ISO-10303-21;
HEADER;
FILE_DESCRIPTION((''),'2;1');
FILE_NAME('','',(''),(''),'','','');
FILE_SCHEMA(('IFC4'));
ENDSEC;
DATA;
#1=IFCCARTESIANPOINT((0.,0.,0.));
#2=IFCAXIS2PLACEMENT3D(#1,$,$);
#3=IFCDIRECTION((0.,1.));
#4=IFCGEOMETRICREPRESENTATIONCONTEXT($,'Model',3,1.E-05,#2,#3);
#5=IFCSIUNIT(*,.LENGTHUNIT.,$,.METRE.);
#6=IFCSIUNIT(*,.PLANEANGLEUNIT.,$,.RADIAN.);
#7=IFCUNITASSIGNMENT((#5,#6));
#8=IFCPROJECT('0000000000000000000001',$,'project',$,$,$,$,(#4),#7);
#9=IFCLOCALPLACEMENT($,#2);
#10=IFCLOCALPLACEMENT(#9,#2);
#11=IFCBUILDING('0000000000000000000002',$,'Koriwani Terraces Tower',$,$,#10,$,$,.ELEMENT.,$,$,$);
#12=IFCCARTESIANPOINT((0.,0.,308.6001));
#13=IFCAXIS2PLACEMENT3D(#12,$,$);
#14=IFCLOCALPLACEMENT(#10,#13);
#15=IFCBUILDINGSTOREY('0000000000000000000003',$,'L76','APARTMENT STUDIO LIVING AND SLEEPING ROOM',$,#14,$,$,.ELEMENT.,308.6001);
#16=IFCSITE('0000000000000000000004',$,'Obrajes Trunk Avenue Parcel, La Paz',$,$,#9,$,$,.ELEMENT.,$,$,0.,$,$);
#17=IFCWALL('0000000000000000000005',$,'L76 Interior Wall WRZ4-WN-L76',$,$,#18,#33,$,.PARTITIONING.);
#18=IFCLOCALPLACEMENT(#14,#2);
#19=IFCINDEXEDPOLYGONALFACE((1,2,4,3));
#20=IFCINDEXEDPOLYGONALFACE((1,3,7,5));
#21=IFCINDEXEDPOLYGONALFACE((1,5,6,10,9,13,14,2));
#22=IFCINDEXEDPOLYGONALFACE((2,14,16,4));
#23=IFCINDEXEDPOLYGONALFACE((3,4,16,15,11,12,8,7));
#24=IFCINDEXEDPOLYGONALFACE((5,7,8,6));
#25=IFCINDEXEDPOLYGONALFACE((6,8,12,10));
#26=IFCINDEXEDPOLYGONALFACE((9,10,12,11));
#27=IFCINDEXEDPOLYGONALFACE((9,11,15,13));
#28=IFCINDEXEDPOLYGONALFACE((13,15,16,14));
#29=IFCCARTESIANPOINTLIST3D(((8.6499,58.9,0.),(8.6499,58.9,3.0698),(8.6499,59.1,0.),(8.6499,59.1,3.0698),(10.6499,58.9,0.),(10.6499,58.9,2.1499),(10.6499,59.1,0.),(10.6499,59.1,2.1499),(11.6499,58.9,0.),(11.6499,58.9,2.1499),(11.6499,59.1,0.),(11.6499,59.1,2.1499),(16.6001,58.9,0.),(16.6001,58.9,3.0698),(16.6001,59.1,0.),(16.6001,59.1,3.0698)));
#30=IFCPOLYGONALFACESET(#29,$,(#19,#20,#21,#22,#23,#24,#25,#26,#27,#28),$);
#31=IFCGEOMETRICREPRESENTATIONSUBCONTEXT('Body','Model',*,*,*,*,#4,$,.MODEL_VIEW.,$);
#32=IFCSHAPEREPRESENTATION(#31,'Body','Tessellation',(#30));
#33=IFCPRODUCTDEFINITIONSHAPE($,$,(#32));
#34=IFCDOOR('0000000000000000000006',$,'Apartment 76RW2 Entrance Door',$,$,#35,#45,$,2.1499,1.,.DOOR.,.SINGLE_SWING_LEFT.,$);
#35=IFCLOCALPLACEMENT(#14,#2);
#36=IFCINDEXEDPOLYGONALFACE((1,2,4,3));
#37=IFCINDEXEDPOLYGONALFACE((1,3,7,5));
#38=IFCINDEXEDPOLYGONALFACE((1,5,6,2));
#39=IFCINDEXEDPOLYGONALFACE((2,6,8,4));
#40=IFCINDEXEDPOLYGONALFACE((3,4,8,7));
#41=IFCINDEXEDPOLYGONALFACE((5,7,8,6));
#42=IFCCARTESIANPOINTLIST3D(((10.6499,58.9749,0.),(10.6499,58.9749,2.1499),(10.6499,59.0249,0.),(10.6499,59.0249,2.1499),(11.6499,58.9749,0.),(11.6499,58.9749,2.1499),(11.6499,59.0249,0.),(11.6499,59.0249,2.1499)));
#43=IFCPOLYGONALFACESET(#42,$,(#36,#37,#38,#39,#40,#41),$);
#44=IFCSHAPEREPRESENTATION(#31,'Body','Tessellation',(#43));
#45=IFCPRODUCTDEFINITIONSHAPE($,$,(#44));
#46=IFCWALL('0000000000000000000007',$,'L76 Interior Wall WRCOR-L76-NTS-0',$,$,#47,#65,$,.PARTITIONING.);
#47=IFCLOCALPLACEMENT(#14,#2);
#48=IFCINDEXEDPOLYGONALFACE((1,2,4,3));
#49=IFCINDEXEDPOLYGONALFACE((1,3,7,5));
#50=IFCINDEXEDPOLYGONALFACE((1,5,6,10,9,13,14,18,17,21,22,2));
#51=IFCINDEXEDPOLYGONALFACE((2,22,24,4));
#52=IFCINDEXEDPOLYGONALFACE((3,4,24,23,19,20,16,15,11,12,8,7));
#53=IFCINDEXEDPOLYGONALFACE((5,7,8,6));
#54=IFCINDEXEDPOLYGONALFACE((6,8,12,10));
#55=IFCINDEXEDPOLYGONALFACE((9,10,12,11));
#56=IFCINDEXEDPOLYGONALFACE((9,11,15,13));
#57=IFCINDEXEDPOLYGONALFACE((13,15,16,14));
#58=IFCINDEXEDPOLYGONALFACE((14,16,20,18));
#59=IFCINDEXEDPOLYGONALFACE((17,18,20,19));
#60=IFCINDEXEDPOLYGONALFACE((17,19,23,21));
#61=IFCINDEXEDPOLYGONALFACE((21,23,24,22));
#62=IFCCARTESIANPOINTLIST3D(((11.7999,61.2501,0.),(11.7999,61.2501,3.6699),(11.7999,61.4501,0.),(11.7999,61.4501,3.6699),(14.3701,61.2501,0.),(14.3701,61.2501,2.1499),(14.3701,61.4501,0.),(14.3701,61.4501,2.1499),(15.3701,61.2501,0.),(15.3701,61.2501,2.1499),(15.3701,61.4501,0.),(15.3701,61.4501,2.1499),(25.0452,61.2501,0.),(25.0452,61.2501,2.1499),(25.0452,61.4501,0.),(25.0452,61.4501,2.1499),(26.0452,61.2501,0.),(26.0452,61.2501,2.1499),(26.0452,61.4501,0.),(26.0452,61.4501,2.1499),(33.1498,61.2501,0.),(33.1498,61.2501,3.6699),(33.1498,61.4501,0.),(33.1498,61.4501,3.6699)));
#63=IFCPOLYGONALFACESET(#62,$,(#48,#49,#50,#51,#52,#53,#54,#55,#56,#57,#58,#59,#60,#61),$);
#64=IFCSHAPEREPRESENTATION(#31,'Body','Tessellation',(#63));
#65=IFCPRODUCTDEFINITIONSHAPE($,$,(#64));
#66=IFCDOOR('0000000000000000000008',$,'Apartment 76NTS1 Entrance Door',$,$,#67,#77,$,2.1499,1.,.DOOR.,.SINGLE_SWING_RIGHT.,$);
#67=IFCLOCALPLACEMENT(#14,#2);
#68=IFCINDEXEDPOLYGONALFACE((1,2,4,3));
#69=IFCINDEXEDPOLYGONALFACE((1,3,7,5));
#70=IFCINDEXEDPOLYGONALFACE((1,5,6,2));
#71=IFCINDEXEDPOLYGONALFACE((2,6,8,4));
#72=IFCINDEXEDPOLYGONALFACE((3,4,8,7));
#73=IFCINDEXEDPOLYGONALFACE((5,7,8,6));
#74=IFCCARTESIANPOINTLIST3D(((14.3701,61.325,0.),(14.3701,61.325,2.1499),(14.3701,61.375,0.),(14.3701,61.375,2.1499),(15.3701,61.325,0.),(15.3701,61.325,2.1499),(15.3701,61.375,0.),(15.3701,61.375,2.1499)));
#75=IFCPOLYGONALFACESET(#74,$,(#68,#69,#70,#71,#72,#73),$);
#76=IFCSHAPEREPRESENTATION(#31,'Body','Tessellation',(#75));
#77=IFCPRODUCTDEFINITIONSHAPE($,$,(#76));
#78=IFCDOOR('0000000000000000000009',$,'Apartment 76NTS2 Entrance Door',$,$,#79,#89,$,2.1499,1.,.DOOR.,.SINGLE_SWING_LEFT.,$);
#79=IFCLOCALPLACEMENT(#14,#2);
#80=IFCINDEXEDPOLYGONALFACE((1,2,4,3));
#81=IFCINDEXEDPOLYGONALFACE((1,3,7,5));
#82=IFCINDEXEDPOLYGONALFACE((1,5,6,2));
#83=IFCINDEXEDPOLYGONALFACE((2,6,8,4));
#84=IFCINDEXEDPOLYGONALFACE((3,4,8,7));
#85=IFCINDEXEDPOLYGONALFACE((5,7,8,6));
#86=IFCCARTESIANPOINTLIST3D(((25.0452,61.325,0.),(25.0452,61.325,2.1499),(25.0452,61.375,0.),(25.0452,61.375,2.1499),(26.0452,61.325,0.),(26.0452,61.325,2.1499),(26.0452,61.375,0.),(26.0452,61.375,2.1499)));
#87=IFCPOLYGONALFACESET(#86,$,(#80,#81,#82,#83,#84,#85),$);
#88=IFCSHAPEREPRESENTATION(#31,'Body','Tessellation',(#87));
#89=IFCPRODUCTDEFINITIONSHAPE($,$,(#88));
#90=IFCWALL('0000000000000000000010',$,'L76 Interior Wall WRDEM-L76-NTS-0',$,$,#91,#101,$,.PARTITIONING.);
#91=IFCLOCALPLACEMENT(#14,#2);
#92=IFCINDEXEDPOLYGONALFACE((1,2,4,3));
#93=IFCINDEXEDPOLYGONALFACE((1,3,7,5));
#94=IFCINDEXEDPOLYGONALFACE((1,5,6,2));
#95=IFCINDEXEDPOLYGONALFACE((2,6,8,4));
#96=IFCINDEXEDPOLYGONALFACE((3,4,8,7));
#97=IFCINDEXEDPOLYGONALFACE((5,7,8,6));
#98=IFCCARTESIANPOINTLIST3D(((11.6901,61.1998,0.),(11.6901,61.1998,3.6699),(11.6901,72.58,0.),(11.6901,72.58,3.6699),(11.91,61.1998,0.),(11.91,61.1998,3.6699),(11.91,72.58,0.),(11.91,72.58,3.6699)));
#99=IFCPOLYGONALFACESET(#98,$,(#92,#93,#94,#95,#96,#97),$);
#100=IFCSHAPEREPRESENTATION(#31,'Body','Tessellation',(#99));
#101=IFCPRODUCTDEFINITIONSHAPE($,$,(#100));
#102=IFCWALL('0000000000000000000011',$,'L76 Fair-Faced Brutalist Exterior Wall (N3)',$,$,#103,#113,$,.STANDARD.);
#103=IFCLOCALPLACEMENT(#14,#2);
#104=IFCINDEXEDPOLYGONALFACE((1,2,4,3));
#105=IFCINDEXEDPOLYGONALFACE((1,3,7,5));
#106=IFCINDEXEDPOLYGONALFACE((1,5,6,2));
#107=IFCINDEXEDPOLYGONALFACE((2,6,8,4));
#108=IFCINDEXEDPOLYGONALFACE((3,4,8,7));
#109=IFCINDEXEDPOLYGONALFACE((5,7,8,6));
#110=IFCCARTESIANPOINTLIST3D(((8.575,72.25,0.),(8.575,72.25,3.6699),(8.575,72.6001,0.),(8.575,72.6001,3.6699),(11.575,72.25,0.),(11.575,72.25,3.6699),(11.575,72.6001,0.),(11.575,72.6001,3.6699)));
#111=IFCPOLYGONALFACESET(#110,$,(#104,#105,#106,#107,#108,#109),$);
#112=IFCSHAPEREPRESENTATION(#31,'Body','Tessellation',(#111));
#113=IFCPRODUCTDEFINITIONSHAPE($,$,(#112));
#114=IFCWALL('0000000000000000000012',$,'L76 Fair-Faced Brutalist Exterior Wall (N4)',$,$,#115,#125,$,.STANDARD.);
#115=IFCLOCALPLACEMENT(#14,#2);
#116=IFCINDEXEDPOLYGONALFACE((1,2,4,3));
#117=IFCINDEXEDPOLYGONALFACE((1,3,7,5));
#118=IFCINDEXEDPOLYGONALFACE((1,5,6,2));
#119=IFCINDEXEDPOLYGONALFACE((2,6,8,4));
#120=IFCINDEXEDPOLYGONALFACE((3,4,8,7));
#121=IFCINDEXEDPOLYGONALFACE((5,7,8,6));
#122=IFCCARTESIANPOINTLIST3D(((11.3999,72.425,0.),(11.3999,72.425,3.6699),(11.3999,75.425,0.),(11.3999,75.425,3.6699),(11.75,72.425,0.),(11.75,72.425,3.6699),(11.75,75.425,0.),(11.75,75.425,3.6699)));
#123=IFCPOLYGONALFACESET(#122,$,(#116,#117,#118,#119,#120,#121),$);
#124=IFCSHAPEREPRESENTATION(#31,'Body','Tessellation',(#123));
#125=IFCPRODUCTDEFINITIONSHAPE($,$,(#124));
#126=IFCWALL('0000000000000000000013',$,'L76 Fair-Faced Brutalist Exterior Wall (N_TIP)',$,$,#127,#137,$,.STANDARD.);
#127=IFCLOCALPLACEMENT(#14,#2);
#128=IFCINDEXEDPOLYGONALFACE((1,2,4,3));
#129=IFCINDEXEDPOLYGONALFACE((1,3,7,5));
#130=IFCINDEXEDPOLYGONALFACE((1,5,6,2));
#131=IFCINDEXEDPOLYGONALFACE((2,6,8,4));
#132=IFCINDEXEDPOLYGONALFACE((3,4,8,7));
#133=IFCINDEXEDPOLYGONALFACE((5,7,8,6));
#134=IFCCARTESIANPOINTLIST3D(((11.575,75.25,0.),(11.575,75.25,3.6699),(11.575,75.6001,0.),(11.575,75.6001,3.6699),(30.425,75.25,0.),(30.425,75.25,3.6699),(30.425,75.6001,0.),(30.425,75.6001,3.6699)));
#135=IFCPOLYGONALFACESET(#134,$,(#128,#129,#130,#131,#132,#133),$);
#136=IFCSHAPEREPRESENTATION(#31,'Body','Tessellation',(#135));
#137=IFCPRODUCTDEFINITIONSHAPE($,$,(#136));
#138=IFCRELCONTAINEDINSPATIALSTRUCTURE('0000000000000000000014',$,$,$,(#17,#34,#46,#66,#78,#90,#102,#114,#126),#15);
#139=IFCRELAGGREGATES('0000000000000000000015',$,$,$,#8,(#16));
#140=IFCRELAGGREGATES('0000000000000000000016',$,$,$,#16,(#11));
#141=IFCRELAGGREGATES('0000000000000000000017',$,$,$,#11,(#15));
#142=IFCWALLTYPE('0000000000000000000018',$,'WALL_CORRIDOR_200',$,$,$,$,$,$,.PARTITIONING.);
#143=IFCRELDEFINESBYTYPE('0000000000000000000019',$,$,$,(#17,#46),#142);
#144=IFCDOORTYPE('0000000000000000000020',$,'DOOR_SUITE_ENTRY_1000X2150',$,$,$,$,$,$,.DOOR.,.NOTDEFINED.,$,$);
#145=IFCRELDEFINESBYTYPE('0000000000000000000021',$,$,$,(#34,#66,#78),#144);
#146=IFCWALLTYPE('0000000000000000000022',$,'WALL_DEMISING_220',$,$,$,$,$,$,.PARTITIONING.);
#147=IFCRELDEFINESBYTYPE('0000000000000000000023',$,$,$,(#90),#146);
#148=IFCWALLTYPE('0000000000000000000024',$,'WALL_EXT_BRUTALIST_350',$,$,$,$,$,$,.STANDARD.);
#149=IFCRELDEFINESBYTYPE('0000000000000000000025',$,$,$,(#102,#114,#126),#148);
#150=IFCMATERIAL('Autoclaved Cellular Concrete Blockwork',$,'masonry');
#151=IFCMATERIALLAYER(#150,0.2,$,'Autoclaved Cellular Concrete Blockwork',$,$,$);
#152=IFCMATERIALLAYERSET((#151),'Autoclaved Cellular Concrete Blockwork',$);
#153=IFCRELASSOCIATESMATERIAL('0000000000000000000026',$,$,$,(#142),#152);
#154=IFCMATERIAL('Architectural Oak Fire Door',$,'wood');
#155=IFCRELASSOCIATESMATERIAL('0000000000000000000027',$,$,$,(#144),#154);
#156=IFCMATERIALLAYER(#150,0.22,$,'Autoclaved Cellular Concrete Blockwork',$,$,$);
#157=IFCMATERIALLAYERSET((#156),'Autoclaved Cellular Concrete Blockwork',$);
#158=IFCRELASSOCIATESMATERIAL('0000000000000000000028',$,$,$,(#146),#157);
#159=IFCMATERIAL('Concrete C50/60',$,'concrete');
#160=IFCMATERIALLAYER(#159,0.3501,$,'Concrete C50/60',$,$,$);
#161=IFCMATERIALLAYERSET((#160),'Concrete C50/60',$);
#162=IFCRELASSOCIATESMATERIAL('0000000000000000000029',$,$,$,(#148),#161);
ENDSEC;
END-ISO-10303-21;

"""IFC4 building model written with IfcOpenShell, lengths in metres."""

from ifc_helpers import new_model, si_unit, direction, frame, frame_2d, origin, place, context, subcontext, project, spatial, rectangle, extrude, material, layer, layer_set, type_object, element, fill, save


model = new_model("IFC4")

# Units and contexts
model_context = context("Model", 3, precision=1e-05, world=origin(), true_north=direction((0.0, 1.0)))
body_context = subcontext(model_context, "Body", "Model", "MODEL_VIEW")
ifc_project = project(units=[si_unit("LENGTHUNIT", "METRE"), si_unit("PLANEANGLEUNIT", "RADIAN")], contexts=[model_context])

# Site, building, storey
site_placement = place(None, origin())
site = spatial("IfcSite", under=ifc_project, at=site_placement, Name="Obrajes Trunk Avenue Parcel, La Paz", CompositionType="ELEMENT", RefElevation=0.0)
building_placement = place(site_placement, origin())
building = spatial("IfcBuilding", under=site, at=building_placement, Name="Koriwani Terraces Tower", CompositionType="ELEMENT")
storey_placement = place(building_placement, frame((0.0, 0.0, 308.6001)))
storey = spatial("IfcBuildingStorey", under=building, at=storey_placement, Name="L76", Description="APARTMENT STUDIO LIVING AND SLEEPING ROOM", CompositionType="ELEMENT", Elevation=308.6001)

# Shared definitions
ifc_material_1 = material(Name="Concrete C50/60", Category="concrete")

# Wall, opening, door
ifc_material_2 = material(Name="Autoclaved Cellular Concrete Blockwork", Category="masonry")
ifc_layer_1 = layer(ifc_material_2, 0.2, Name="Autoclaved Cellular Concrete Blockwork")
ifc_layer_set_1 = layer_set([ifc_layer_1], Name="Autoclaved Cellular Concrete Blockwork")
wall_type_1 = type_object("IfcWallType", Name="WALL_CORRIDOR_200", PredefinedType="PARTITIONING", material=ifc_layer_set_1)
wall_1_placement = place(storey_placement, frame((8.6499, 59.0, 0.0), z_axis=(0.0, 0.0, 1.0), x_axis=(1.0, 0.0, 0.0)))
wall_1 = element("IfcWall", 1, at=wall_1_placement, inside=storey, type_object=wall_type_1, Name="L76 Interior Wall WRZ4-WN-L76", PredefinedType="PARTITIONING", context=body_context, shape_type="SweptSolid", body=[
    extrude(rectangle(XDim=7.9502, YDim=0.2, at=frame_2d((3.9751, 0.0))), origin(), (0.0, 0.0, 1.0), 3.0698),
])
opening_1_placement = place(wall_1_placement, frame((2.0, 0.0, 0.0)))
opening_1 = element("IfcOpeningElement", 2, at=opening_1_placement, cuts=wall_1, PredefinedType="OPENING", context=body_context, shape_type="SweptSolid", body=[
    extrude(rectangle(XDim=1.0, YDim=2.1499, at=frame_2d((0.5, 1.075))), frame((0.0, 0.1099, 0.0), z_axis=(0.0, -1.0, 0.0), x_axis=(1.0, 0.0, 0.0)), (0.0, 0.0, 1.0), 0.22),
])
ifc_material_3 = material(Name="Architectural Oak Fire Door", Category="wood")
door_type_1 = type_object("IfcDoorType", Name="DOOR_SUITE_ENTRY_1000X2150", OperationType="NOTDEFINED", PredefinedType="DOOR", material=ifc_material_3)
door_1_placement = place(opening_1_placement, origin())
door_1 = element("IfcDoor", 3, at=door_1_placement, inside=storey, type_object=door_type_1, Name="Apartment 76RW2 Entrance Door", OperationType="SINGLE_SWING_LEFT", OverallHeight=2.1499, OverallWidth=1.0, PredefinedType="DOOR", context=body_context, shape_type="SweptSolid", body=[
    extrude(rectangle(XDim=1.0, YDim=2.1499, at=frame_2d((0.5, 1.075))), frame((0.0, 0.0249, 0.0), z_axis=(0.0, -1.0, 0.0), x_axis=(1.0, 0.0, 0.0)), (0.0, 0.0, 1.0), 0.05),
])
fill(opening_1, door_1)

# Wall, openings, doors
wall_2_placement = place(storey_placement, frame((11.8, 61.3501, 0.0), z_axis=(0.0, 0.0, 1.0), x_axis=(1.0, 0.0, 0.0)))
wall_2 = element("IfcWall", 4, at=wall_2_placement, inside=storey, type_object=wall_type_1, Name="L76 Interior Wall WRCOR-L76-NTS-0", PredefinedType="PARTITIONING", context=body_context, shape_type="SweptSolid", body=[
    extrude(rectangle(XDim=21.3499, YDim=0.2, at=frame_2d((10.6748, 0.0))), origin(), (0.0, 0.0, 1.0), 3.6699),
])
opening_2_placement = place(wall_2_placement, frame((2.5701, 0.0, 0.0)))
opening_2 = element("IfcOpeningElement", 5, at=opening_2_placement, cuts=wall_2, PredefinedType="OPENING", context=body_context, shape_type="SweptSolid", body=[
    extrude(rectangle(XDim=1.0, YDim=2.1499, at=frame_2d((0.5, 1.075))), frame((0.0, 0.1099, 0.0), z_axis=(0.0, -1.0, 0.0), x_axis=(1.0, 0.0, 0.0)), (0.0, 0.0, 1.0), 0.22),
])
opening_3_placement = place(wall_2_placement, frame((13.2451, 0.0, 0.0)))
opening_3 = element("IfcOpeningElement", 6, at=opening_3_placement, cuts=wall_2, PredefinedType="OPENING", context=body_context, shape_type="SweptSolid", body=[
    extrude(rectangle(XDim=1.0, YDim=2.1499, at=frame_2d((0.5, 1.075))), frame((0.0, 0.1099, 0.0), z_axis=(0.0, -1.0, 0.0), x_axis=(1.0, 0.0, 0.0)), (0.0, 0.0, 1.0), 0.22),
])
door_2_placement = place(opening_2_placement, origin())
door_2 = element("IfcDoor", 7, at=door_2_placement, inside=storey, type_object=door_type_1, Name="Apartment 76NTS1 Entrance Door", OperationType="SINGLE_SWING_RIGHT", OverallHeight=2.1499, OverallWidth=1.0, PredefinedType="DOOR", context=body_context, shape_type="SweptSolid", body=[
    extrude(rectangle(XDim=1.0, YDim=2.1499, at=frame_2d((0.5, 1.075))), frame((0.0, 0.0249, 0.0), z_axis=(0.0, -1.0, 0.0), x_axis=(1.0, 0.0, 0.0)), (0.0, 0.0, 1.0), 0.05),
])
fill(opening_2, door_2)
door_3_placement = place(opening_3_placement, origin())
door_3 = element("IfcDoor", 8, at=door_3_placement, inside=storey, type_object=door_type_1, Name="Apartment 76NTS2 Entrance Door", OperationType="SINGLE_SWING_LEFT", OverallHeight=2.1499, OverallWidth=1.0, PredefinedType="DOOR", context=body_context, shape_type="SweptSolid", body=[
    extrude(rectangle(XDim=1.0, YDim=2.1499, at=frame_2d((0.5, 1.075))), frame((0.0, 0.0249, 0.0), z_axis=(0.0, -1.0, 0.0), x_axis=(1.0, 0.0, 0.0)), (0.0, 0.0, 1.0), 0.05),
])
fill(opening_3, door_3)

# Walls
ifc_layer_2 = layer(ifc_material_2, 0.22, Name="Autoclaved Cellular Concrete Blockwork")
ifc_layer_set_2 = layer_set([ifc_layer_2], Name="Autoclaved Cellular Concrete Blockwork")
wall_type_2 = type_object("IfcWallType", Name="WALL_DEMISING_220", PredefinedType="PARTITIONING", material=ifc_layer_set_2)
wall_3_placement = place(storey_placement, frame((11.8, 61.2, 0.0), z_axis=(0.0, 0.0, 1.0), x_axis=(0.0, 1.0, 0.0)))
element("IfcWall", 9, at=wall_3_placement, inside=storey, type_object=wall_type_2, Name="L76 Interior Wall WRDEM-L76-NTS-0", PredefinedType="PARTITIONING", context=body_context, shape_type="SweptSolid", body=[
    extrude(rectangle(XDim=11.3801, YDim=0.22, at=frame_2d((5.6899, 0.0))), origin(), (0.0, 0.0, 1.0), 3.6699),
])
ifc_layer_3 = layer(ifc_material_1, 0.3501, Name="Concrete C50/60")
ifc_layer_set_3 = layer_set([ifc_layer_3], Name="Concrete C50/60")
wall_type_3 = type_object("IfcWallType", Name="WALL_EXT_BRUTALIST_350", PredefinedType="STANDARD", material=ifc_layer_set_3)
for number, where, z_axis, x_axis, name in (
    (10, (8.575, 72.425, 0.0), (0.0, 0.0, 1.0), (1.0, 0.0, 0.0), "L76 Fair-Faced Brutalist Exterior Wall (N3)"),
    (11, (11.575, 72.425, 0.0), (0.0, 0.0, 1.0), (0.0, 1.0, 0.0), "L76 Fair-Faced Brutalist Exterior Wall (N4)"),
):
    element("IfcWall", number, at=place(storey_placement, frame(where, z_axis=z_axis, x_axis=x_axis)), inside=storey, type_object=wall_type_3, Name=name, PredefinedType="STANDARD", context=body_context, shape_type="SweptSolid", body=[
        extrude(rectangle(XDim=3.0, YDim=0.3501, at=frame_2d((1.5, 0.0))), origin(), (0.0, 0.0, 1.0), 3.6699),
    ])
wall_4_placement = place(storey_placement, frame((11.575, 75.425, 0.0), z_axis=(0.0, 0.0, 1.0), x_axis=(1.0, 0.0, 0.0)))
element("IfcWall", 12, at=wall_4_placement, inside=storey, type_object=wall_type_3, Name="L76 Fair-Faced Brutalist Exterior Wall (N_TIP)", PredefinedType="STANDARD", context=body_context, shape_type="SweptSolid", body=[
    extrude(rectangle(XDim=18.8501, YDim=0.3501, at=frame_2d((9.425, 0.0))), origin(), (0.0, 0.0, 1.0), 3.6699),
])

save(model, "model.ifc")
